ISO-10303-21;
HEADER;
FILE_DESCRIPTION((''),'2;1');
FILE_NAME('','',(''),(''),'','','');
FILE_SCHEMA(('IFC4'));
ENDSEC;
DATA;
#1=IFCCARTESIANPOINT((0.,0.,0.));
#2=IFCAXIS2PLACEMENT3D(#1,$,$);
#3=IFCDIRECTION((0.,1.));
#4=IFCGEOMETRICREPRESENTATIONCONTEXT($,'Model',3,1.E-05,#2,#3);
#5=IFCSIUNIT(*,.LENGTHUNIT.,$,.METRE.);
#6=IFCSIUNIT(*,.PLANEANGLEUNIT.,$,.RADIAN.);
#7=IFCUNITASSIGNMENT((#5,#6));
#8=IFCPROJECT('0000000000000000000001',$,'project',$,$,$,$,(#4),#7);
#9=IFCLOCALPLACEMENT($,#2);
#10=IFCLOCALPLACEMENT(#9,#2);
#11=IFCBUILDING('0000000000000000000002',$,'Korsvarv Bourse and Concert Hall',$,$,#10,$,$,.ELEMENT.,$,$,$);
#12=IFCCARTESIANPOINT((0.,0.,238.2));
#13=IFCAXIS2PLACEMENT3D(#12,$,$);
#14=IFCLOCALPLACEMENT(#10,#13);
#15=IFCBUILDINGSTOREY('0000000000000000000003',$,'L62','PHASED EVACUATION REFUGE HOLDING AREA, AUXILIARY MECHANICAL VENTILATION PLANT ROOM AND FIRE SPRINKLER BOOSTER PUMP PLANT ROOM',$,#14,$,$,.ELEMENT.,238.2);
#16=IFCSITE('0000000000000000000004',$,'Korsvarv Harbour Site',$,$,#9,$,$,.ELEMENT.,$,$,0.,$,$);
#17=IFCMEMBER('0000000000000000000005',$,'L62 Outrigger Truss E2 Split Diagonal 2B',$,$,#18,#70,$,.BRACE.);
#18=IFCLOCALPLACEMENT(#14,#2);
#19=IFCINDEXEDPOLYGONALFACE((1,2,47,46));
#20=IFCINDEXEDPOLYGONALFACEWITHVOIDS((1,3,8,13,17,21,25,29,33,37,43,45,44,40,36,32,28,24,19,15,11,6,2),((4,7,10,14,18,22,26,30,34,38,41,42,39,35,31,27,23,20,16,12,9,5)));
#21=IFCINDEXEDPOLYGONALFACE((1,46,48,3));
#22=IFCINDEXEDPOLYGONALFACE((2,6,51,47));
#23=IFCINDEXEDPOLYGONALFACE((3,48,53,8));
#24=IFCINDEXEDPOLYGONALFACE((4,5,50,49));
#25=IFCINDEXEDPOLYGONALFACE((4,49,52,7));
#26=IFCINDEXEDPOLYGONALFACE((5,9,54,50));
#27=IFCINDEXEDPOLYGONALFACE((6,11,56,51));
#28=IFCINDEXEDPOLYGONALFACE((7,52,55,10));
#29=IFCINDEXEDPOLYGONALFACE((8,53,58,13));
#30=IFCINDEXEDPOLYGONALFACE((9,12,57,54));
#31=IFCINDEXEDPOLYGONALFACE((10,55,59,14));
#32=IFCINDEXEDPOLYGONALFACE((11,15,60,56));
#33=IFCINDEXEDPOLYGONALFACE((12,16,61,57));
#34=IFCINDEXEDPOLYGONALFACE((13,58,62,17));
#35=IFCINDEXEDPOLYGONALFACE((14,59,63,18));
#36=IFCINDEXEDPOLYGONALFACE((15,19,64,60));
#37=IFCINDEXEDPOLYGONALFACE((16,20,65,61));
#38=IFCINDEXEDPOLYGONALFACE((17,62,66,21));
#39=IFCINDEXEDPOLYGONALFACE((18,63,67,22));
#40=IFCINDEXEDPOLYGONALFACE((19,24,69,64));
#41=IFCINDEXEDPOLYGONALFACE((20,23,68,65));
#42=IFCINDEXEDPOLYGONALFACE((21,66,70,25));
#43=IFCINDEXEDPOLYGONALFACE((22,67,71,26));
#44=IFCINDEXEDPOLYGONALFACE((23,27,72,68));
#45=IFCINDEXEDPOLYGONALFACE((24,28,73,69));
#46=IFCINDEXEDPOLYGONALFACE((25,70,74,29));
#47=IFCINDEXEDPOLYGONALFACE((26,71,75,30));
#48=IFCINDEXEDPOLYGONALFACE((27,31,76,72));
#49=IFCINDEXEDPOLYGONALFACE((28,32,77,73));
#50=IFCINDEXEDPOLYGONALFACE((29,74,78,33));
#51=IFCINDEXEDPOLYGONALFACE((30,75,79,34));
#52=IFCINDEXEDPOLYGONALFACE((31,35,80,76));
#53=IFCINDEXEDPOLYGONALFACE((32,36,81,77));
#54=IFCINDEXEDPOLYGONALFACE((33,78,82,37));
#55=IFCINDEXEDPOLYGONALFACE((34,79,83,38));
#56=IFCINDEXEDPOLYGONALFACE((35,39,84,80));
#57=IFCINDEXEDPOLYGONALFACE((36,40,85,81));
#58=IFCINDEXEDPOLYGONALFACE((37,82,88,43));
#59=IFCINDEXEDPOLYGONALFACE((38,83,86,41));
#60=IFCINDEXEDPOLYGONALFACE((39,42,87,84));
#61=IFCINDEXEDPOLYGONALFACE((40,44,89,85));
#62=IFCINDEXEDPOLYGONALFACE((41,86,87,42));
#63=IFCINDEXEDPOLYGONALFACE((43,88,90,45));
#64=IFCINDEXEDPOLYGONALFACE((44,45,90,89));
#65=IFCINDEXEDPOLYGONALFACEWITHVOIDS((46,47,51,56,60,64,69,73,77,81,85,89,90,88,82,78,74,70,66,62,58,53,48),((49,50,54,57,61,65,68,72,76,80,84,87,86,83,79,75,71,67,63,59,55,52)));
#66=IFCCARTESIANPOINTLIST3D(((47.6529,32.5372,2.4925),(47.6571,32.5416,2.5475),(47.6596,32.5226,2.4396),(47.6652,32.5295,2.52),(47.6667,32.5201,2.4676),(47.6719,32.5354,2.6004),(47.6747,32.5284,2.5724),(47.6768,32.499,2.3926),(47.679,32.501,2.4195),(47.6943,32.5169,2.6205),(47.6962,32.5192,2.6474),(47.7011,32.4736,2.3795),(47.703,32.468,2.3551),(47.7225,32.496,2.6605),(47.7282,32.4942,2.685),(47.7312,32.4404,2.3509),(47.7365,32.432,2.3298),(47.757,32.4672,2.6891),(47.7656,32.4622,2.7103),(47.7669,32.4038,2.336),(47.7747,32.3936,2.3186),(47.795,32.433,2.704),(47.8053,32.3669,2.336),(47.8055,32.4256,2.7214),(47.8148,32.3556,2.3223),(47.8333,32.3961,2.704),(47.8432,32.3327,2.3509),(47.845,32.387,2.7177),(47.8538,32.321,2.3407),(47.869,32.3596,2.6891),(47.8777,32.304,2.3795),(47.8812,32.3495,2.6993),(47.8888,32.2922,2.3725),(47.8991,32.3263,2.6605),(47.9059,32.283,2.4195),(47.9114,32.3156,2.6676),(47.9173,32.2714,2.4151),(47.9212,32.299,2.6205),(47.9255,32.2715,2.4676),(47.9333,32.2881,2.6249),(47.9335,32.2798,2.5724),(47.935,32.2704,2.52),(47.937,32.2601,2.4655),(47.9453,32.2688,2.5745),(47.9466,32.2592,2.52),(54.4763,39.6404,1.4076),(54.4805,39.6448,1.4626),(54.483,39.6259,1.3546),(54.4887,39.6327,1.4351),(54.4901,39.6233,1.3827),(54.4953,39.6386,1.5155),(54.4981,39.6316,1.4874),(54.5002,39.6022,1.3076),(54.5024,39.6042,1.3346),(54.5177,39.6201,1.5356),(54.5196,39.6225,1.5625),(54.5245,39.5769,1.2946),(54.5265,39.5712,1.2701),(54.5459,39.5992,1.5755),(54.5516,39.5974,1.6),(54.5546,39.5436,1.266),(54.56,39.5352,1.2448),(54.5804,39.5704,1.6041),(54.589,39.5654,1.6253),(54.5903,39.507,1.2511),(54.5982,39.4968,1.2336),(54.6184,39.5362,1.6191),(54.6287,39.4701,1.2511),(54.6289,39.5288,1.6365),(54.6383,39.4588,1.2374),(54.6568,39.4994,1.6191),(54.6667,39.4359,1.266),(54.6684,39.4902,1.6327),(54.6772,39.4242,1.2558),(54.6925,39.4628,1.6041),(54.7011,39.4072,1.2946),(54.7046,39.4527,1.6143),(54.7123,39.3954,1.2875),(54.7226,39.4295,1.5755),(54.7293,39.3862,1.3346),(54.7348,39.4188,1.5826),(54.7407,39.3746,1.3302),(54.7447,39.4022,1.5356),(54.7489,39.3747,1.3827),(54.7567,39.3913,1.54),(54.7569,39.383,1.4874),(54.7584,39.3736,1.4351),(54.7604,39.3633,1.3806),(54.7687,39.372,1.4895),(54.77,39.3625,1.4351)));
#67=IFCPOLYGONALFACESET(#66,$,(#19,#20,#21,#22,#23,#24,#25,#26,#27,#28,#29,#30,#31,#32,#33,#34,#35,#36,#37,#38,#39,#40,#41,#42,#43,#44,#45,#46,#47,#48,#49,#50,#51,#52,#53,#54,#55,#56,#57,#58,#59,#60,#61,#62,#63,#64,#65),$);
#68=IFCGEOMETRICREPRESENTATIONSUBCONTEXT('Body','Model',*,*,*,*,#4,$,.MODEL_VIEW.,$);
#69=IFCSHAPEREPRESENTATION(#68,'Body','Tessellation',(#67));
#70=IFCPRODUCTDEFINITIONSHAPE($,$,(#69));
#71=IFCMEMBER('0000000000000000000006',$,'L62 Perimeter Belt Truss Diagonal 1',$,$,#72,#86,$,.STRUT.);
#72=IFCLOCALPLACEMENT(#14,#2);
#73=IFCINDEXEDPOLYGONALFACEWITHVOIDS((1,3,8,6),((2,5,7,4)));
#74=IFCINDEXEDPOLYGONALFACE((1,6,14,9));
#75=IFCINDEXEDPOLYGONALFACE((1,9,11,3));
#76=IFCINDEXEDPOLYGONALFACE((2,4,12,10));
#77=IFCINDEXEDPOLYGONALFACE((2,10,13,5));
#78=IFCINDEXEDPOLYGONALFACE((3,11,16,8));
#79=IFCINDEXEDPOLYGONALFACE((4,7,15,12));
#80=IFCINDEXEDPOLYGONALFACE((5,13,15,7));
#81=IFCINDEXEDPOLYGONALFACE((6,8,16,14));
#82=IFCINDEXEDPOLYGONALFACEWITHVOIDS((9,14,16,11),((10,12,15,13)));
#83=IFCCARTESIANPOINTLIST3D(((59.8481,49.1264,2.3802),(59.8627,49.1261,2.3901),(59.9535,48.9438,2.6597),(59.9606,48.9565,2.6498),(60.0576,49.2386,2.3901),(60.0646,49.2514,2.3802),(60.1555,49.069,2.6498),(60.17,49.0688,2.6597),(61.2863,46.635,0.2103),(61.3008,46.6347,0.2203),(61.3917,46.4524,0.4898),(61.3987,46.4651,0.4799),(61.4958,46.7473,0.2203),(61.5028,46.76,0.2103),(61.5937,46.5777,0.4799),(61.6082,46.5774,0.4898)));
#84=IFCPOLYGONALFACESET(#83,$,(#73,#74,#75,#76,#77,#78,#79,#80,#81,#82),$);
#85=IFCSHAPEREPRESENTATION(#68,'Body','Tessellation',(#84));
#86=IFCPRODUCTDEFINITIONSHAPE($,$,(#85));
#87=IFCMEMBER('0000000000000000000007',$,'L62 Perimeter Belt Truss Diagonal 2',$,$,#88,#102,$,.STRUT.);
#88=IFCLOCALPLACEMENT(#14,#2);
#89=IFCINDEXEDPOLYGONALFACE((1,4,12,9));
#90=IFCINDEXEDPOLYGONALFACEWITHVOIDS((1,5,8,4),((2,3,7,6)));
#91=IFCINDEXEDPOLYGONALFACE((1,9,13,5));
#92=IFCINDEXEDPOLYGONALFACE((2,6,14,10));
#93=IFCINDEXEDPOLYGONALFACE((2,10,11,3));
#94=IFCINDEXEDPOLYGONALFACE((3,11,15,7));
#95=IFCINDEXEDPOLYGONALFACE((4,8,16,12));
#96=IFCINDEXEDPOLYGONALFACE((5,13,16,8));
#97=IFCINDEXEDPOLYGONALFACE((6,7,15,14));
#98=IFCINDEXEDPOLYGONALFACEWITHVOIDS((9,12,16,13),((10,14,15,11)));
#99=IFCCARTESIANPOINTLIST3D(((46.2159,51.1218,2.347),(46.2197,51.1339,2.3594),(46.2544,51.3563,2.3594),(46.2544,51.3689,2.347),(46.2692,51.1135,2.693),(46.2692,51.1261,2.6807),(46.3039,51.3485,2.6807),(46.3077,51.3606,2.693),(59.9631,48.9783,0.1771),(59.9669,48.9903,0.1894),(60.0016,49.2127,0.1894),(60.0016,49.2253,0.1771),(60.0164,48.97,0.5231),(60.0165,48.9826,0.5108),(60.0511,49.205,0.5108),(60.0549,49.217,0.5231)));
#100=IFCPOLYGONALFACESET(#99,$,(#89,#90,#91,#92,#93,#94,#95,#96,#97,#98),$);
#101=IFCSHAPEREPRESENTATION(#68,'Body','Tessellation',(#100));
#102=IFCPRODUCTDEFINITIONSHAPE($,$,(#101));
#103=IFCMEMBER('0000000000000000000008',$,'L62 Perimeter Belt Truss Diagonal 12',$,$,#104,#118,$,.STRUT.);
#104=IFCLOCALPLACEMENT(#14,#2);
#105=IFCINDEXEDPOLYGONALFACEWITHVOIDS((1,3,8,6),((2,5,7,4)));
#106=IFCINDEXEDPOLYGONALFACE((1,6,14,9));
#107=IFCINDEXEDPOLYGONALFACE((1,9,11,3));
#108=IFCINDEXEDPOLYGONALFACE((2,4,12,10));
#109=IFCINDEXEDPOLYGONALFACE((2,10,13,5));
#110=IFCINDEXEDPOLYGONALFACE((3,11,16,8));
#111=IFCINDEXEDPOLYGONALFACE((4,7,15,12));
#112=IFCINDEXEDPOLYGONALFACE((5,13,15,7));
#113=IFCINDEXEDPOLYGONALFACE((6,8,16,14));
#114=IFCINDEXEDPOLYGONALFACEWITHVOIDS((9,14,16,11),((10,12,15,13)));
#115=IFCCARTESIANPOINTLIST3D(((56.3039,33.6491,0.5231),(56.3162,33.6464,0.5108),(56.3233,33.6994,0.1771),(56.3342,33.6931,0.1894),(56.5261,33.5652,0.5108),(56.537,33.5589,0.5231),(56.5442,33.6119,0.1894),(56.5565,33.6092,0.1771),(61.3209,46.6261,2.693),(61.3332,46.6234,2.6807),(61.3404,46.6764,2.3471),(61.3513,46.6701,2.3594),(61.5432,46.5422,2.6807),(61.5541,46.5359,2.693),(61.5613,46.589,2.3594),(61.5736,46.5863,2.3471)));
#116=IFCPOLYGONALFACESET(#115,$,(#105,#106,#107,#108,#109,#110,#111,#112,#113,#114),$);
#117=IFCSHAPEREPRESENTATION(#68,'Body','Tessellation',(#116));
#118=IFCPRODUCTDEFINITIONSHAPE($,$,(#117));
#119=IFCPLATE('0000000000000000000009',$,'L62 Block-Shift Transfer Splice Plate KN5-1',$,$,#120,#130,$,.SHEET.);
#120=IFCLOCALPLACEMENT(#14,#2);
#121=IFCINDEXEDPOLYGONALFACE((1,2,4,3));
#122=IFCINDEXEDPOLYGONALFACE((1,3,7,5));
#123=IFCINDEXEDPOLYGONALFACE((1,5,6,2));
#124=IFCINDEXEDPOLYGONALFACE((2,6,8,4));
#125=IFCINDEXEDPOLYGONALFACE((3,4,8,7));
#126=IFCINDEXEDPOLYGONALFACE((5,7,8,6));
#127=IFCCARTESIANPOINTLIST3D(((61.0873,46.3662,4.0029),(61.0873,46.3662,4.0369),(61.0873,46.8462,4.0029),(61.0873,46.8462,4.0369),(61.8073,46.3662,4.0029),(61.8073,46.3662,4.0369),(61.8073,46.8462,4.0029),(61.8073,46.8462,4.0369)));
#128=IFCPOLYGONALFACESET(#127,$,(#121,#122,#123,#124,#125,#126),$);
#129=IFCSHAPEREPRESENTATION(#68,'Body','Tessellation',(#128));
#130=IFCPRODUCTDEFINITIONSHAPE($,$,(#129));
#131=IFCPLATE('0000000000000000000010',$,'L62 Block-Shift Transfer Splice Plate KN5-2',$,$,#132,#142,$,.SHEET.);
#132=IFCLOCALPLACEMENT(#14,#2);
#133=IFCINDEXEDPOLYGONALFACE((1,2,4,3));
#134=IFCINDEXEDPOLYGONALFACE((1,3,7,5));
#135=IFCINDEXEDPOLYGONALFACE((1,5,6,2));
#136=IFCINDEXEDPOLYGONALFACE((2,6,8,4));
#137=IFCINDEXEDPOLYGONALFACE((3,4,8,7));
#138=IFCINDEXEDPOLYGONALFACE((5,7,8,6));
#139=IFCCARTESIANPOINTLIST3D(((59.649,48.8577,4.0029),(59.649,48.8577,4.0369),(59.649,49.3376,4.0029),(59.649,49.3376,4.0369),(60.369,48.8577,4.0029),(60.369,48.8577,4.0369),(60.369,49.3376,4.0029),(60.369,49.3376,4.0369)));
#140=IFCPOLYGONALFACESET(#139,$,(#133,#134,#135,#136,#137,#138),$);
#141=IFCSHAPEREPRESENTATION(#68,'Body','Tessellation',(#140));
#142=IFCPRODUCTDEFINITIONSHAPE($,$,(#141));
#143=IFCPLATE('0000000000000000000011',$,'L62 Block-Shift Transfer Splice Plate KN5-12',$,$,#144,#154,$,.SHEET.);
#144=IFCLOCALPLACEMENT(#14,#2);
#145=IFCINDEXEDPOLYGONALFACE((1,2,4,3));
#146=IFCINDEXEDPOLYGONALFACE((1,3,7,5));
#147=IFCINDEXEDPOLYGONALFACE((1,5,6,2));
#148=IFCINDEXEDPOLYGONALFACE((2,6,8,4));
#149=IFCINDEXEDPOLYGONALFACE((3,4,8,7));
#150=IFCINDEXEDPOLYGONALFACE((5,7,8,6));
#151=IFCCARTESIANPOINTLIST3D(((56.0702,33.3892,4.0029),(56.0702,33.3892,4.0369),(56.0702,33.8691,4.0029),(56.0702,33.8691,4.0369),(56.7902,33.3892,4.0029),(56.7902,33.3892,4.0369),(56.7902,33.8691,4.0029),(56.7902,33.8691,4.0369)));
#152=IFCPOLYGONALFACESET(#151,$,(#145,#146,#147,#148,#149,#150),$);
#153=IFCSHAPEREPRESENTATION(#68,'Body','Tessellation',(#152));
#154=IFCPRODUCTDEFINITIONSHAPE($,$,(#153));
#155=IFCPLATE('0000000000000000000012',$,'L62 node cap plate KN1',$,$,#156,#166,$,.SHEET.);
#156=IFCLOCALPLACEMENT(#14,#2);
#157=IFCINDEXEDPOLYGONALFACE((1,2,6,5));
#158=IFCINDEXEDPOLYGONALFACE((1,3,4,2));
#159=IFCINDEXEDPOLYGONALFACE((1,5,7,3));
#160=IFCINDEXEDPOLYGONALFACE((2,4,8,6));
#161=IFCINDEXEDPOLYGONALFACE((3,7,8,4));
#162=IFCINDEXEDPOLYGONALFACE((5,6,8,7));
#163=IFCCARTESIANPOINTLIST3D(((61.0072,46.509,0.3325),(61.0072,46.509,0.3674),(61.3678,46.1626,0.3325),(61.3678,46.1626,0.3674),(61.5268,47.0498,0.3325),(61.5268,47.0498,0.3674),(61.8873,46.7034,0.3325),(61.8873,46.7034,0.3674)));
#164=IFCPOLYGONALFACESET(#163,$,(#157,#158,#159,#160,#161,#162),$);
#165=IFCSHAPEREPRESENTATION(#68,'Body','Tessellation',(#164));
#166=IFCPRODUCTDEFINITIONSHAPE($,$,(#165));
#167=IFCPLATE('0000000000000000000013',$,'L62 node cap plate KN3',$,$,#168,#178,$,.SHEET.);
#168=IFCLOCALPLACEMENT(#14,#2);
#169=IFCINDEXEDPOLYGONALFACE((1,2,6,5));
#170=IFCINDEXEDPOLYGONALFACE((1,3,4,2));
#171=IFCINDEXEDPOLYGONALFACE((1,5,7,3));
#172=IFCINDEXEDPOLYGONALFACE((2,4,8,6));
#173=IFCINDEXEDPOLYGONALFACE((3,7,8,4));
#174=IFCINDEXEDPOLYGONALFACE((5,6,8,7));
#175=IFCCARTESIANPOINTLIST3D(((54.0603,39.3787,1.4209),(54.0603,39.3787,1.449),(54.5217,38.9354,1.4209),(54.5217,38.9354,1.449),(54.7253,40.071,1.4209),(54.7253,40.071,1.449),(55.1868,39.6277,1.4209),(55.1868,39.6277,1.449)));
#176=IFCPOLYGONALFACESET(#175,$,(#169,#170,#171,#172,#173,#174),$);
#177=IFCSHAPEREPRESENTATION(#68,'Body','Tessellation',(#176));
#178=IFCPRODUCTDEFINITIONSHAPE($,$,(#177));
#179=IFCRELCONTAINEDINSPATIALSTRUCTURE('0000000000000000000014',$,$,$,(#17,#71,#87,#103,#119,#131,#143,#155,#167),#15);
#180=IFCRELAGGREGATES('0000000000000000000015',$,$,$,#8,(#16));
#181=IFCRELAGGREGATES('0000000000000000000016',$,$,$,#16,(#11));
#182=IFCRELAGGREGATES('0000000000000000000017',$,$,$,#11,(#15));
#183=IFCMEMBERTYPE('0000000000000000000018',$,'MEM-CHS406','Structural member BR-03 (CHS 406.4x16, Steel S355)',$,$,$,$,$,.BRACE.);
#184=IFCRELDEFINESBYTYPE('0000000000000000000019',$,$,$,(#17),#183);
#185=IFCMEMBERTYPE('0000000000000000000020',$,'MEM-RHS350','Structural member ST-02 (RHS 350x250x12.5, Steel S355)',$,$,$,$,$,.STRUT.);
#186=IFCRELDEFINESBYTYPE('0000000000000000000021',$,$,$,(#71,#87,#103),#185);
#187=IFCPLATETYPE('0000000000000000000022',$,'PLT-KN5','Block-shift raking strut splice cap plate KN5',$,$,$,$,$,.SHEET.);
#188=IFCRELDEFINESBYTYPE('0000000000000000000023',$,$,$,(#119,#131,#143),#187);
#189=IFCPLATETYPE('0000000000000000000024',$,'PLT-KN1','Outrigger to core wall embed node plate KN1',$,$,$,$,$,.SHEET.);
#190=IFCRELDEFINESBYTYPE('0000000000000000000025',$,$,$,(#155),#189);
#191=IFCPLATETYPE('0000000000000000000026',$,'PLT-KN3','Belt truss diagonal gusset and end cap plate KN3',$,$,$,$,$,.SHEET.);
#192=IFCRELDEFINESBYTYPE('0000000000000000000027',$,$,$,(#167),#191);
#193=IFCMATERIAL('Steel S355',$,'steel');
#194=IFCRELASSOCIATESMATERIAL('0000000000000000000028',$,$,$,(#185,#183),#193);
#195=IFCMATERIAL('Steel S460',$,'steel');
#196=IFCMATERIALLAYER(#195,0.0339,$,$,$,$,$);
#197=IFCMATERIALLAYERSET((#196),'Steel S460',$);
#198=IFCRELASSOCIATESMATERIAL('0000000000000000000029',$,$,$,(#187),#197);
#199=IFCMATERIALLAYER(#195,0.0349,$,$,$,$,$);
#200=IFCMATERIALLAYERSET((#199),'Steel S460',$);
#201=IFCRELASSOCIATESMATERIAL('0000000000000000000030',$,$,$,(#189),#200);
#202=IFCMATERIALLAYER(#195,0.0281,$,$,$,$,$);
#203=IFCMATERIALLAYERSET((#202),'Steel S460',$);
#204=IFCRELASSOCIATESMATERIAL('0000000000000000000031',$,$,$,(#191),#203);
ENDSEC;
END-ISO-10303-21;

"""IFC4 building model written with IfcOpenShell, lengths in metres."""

from ifc_helpers import new_model, si_unit, direction, frame, origin, origin_2d, place, context, subcontext, project, spatial, rectangle, hollow_rectangle, hollow_circle, extrude, source, transform, mapped, material, layer, layer_set, material_profile, profile_set, type_object, element, save


model = new_model("IFC4")

# Units and contexts
model_context = context("Model", 3, precision=1e-05, world=origin(), true_north=direction((0.0, 1.0)))
body_context = subcontext(model_context, "Body", "Model", "MODEL_VIEW")
ifc_project = project(units=[si_unit("LENGTHUNIT", "METRE"), si_unit("PLANEANGLEUNIT", "RADIAN")], contexts=[model_context])

# Site, building, storey
site_placement = place(None, origin())
site = spatial("IfcSite", under=ifc_project, at=site_placement, Name="Korsvarv Harbour Site", CompositionType="ELEMENT", RefElevation=0.0)
building_placement = place(site_placement, origin())
building = spatial("IfcBuilding", under=site, at=building_placement, Name="Korsvarv Bourse and Concert Hall", CompositionType="ELEMENT")
storey_placement = place(building_placement, frame((0.0, 0.0, 238.2)))
storey = spatial("IfcBuildingStorey", under=building, at=storey_placement, Name="L62", Description="PHASED EVACUATION REFUGE HOLDING AREA, AUXILIARY MECHANICAL VENTILATION PLANT ROOM AND FIRE SPRINKLER BOOSTER PUMP PLANT ROOM", CompositionType="ELEMENT", Elevation=238.2)

# Shared definitions
ifc_material_1 = material(Name="Steel S355", Category="steel")

# Shared definitions
ifc_material_profile_1 = material_profile(ifc_material_1, hollow_rectangle(XDim=0.25, YDim=0.3501, WallThickness=0.0125, at=origin_2d()), Name="RHS 350x250x12.5")
ifc_profile_set_1 = profile_set([ifc_material_profile_1], Name="Steel S355")
member_type_1 = type_object("IfcMemberType", Name="MEM-RHS350", Description="Structural member ST-02 (RHS 350x250x12.5, Steel S355)", PredefinedType="STRUT", material=ifc_profile_set_1)

# Members
ifc_material_profile_2 = material_profile(ifc_material_1, hollow_circle(Radius=0.2031, WallThickness=0.0161, at=origin_2d()), Name="CHS 406.4x16")
ifc_profile_set_2 = profile_set([ifc_material_profile_2], Name="Steel S355")
member_type_2 = type_object("IfcMemberType", Name="MEM-CHS406", Description="Structural member BR-03 (CHS 406.4x16, Steel S355)", PredefinedType="BRACE", material=ifc_profile_set_2)
shared_shape_1 = source(origin(), body_context, "Body", "SweptSolid", [
    extrude(hollow_circle(Radius=0.2031, WallThickness=0.0161, at=origin_2d()), origin(), (0.0, 0.0, 1.0), 9.9092),
])
for number, where, z_axis, x_axis, name in (
    (1, (54.6235, 39.5032, 1.4351), (-0.688596, -0.716831, 0.10949), (0.721167, -0.692761, 0.0), "L62 Outrigger Truss E2 Split Diagonal 2B"),
):
    element("IfcMember", number, at=place(storey_placement, frame(where, z_axis=z_axis, x_axis=x_axis)), inside=storey, type_object=member_type_2, Name=name, PredefinedType="BRACE", context=body_context, shape_type="MappedRepresentation", body=[
        mapped(shared_shape_1, transform((0.0, 0.0, 0.0), scale=1.0)),
    ])
shared_shape_2 = source(origin(), body_context, "Body", "SweptSolid", [
    extrude(hollow_rectangle(XDim=0.25, YDim=0.3501, WallThickness=0.0125, at=origin_2d()), origin(), (0.0, 0.0, 1.0), 3.6033),
])
member_1_placement = place(storey_placement, frame((61.4473, 46.6062, 0.3501), z_axis=(-0.399133, 0.69142, 0.602189), x_axis=(-0.866057, -0.499945, 0.0)))
element("IfcMember", 2, at=member_1_placement, inside=storey, type_object=member_type_1, Name="L62 Perimeter Belt Truss Diagonal 1", PredefinedType="STRUT", context=body_context, shape_type="MappedRepresentation", body=[
    mapped(shared_shape_2, transform((0.0, 0.0, 0.0), scale=1.0)),
])
shared_shape_3 = source(origin(), body_context, "Body", "SweptSolid", [
    extrude(hollow_rectangle(XDim=0.25, YDim=0.3501, WallThickness=0.0125, at=origin_2d()), origin(), (0.0, 0.0, 1.0), 14.0815),
])
member_2_placement = place(storey_placement, frame((60.009, 49.0977, 0.3501), z_axis=(-0.976259, 0.152224, 0.154096), x_axis=(-0.154064, -0.988061, 0.0)))
element("IfcMember", 3, at=member_2_placement, inside=storey, type_object=member_type_1, Name="L62 Perimeter Belt Truss Diagonal 2", PredefinedType="STRUT", context=body_context, shape_type="MappedRepresentation", body=[
    mapped(shared_shape_3, transform((0.0, 0.0, 0.0), scale=1.0)),
])
shared_shape_4 = source(origin(), body_context, "Body", "SweptSolid", [
    extrude(hollow_rectangle(XDim=0.25, YDim=0.3501, WallThickness=0.0125, at=origin_2d()), origin(), (0.0, 0.0, 1.0), 14.0813),
])
member_3_placement = place(storey_placement, frame((56.4302, 33.6292, 0.3501), z_axis=(0.356294, 0.921579, 0.154099), x_axis=(-0.93272, 0.360601, 0.0)))
element("IfcMember", 4, at=member_3_placement, inside=storey, type_object=member_type_1, Name="L62 Perimeter Belt Truss Diagonal 12", PredefinedType="STRUT", context=body_context, shape_type="MappedRepresentation", body=[
    mapped(shared_shape_4, transform((0.0, 0.0, 0.0), scale=1.0)),
])

# Plates
ifc_material_2 = material(Name="Steel S460", Category="steel")
ifc_layer_1 = layer(ifc_material_2, 0.0339)
ifc_layer_set_1 = layer_set([ifc_layer_1], Name="Steel S460")
plate_type_1 = type_object("IfcPlateType", Name="PLT-KN5", Description="Block-shift raking strut splice cap plate KN5", PredefinedType="SHEET", material=ifc_layer_set_1)
shared_shape_5 = source(origin(), body_context, "Body", "SweptSolid", [
    extrude(rectangle(XDim=0.72, YDim=0.48, at=origin_2d()), origin(), (0.0, 0.0, 1.0), 0.0339),
])
for number, where, z_axis, x_axis, name in (
    (5, (61.4473, 46.6062, 4.0029), (0.0, 0.0, 1.0), (1.0, 0.0, 0.0), "L62 Block-Shift Transfer Splice Plate KN5-1"),
    (6, (60.009, 49.0977, 4.0029), (0.0, 0.0, 1.0), (1.0, 0.0, 0.0), "L62 Block-Shift Transfer Splice Plate KN5-2"),
    (7, (56.4302, 33.6292, 4.0029), (0.0, 0.0, 1.0), (1.0, 0.0, 0.0), "L62 Block-Shift Transfer Splice Plate KN5-12"),
):
    element("IfcPlate", number, at=place(storey_placement, frame(where, z_axis=z_axis, x_axis=x_axis)), inside=storey, type_object=plate_type_1, Name=name, PredefinedType="SHEET", context=body_context, shape_type="MappedRepresentation", body=[
        mapped(shared_shape_5, transform((0.0, 0.0, 0.0), scale=1.0)),
    ])
ifc_layer_2 = layer(ifc_material_2, 0.0349)
ifc_layer_set_2 = layer_set([ifc_layer_2], Name="Steel S460")
plate_type_2 = type_object("IfcPlateType", Name="PLT-KN1", Description="Outrigger to core wall embed node plate KN1", PredefinedType="SHEET", material=ifc_layer_set_2)
shared_shape_6 = source(origin(), body_context, "Body", "SweptSolid", [
    extrude(rectangle(XDim=0.75, YDim=0.5, at=origin_2d()), origin(), (0.0, 0.0, 1.0), 0.0349),
])
plate_1_placement = place(storey_placement, frame((61.4473, 46.6062, 0.3325), z_axis=(0.0, 0.0, 1.0), x_axis=(0.692773, 0.721156, 0.0)))
element("IfcPlate", 8, at=plate_1_placement, inside=storey, type_object=plate_type_2, Name="L62 node cap plate KN1", PredefinedType="SHEET", context=body_context, shape_type="MappedRepresentation", body=[
    mapped(shared_shape_6, transform((0.0, 0.0, 0.0), scale=1.0)),
])
ifc_layer_3 = layer(ifc_material_2, 0.0281)
ifc_layer_set_3 = layer_set([ifc_layer_3], Name="Steel S460")
plate_type_3 = type_object("IfcPlateType", Name="PLT-KN3", Description="Belt truss diagonal gusset and end cap plate KN3", PredefinedType="SHEET", material=ifc_layer_set_3)
shared_shape_7 = source(origin(), body_context, "Body", "SweptSolid", [
    extrude(rectangle(XDim=0.96, YDim=0.6399, at=origin_2d()), origin(), (0.0, 0.0, 1.0), 0.0281),
])
for number, where, z_axis, x_axis, name in (
    (9, (54.6235, 39.5032, 1.4209), (0.0, 0.0, 1.0), (0.692773, 0.721156, 0.0), "L62 node cap plate KN3"),
):
    element("IfcPlate", number, at=place(storey_placement, frame(where, z_axis=z_axis, x_axis=x_axis)), inside=storey, type_object=plate_type_3, Name=name, PredefinedType="SHEET", context=body_context, shape_type="MappedRepresentation", body=[
        mapped(shared_shape_7, transform((0.0, 0.0, 0.0), scale=1.0)),
    ])

save(model, "model.ifc")
